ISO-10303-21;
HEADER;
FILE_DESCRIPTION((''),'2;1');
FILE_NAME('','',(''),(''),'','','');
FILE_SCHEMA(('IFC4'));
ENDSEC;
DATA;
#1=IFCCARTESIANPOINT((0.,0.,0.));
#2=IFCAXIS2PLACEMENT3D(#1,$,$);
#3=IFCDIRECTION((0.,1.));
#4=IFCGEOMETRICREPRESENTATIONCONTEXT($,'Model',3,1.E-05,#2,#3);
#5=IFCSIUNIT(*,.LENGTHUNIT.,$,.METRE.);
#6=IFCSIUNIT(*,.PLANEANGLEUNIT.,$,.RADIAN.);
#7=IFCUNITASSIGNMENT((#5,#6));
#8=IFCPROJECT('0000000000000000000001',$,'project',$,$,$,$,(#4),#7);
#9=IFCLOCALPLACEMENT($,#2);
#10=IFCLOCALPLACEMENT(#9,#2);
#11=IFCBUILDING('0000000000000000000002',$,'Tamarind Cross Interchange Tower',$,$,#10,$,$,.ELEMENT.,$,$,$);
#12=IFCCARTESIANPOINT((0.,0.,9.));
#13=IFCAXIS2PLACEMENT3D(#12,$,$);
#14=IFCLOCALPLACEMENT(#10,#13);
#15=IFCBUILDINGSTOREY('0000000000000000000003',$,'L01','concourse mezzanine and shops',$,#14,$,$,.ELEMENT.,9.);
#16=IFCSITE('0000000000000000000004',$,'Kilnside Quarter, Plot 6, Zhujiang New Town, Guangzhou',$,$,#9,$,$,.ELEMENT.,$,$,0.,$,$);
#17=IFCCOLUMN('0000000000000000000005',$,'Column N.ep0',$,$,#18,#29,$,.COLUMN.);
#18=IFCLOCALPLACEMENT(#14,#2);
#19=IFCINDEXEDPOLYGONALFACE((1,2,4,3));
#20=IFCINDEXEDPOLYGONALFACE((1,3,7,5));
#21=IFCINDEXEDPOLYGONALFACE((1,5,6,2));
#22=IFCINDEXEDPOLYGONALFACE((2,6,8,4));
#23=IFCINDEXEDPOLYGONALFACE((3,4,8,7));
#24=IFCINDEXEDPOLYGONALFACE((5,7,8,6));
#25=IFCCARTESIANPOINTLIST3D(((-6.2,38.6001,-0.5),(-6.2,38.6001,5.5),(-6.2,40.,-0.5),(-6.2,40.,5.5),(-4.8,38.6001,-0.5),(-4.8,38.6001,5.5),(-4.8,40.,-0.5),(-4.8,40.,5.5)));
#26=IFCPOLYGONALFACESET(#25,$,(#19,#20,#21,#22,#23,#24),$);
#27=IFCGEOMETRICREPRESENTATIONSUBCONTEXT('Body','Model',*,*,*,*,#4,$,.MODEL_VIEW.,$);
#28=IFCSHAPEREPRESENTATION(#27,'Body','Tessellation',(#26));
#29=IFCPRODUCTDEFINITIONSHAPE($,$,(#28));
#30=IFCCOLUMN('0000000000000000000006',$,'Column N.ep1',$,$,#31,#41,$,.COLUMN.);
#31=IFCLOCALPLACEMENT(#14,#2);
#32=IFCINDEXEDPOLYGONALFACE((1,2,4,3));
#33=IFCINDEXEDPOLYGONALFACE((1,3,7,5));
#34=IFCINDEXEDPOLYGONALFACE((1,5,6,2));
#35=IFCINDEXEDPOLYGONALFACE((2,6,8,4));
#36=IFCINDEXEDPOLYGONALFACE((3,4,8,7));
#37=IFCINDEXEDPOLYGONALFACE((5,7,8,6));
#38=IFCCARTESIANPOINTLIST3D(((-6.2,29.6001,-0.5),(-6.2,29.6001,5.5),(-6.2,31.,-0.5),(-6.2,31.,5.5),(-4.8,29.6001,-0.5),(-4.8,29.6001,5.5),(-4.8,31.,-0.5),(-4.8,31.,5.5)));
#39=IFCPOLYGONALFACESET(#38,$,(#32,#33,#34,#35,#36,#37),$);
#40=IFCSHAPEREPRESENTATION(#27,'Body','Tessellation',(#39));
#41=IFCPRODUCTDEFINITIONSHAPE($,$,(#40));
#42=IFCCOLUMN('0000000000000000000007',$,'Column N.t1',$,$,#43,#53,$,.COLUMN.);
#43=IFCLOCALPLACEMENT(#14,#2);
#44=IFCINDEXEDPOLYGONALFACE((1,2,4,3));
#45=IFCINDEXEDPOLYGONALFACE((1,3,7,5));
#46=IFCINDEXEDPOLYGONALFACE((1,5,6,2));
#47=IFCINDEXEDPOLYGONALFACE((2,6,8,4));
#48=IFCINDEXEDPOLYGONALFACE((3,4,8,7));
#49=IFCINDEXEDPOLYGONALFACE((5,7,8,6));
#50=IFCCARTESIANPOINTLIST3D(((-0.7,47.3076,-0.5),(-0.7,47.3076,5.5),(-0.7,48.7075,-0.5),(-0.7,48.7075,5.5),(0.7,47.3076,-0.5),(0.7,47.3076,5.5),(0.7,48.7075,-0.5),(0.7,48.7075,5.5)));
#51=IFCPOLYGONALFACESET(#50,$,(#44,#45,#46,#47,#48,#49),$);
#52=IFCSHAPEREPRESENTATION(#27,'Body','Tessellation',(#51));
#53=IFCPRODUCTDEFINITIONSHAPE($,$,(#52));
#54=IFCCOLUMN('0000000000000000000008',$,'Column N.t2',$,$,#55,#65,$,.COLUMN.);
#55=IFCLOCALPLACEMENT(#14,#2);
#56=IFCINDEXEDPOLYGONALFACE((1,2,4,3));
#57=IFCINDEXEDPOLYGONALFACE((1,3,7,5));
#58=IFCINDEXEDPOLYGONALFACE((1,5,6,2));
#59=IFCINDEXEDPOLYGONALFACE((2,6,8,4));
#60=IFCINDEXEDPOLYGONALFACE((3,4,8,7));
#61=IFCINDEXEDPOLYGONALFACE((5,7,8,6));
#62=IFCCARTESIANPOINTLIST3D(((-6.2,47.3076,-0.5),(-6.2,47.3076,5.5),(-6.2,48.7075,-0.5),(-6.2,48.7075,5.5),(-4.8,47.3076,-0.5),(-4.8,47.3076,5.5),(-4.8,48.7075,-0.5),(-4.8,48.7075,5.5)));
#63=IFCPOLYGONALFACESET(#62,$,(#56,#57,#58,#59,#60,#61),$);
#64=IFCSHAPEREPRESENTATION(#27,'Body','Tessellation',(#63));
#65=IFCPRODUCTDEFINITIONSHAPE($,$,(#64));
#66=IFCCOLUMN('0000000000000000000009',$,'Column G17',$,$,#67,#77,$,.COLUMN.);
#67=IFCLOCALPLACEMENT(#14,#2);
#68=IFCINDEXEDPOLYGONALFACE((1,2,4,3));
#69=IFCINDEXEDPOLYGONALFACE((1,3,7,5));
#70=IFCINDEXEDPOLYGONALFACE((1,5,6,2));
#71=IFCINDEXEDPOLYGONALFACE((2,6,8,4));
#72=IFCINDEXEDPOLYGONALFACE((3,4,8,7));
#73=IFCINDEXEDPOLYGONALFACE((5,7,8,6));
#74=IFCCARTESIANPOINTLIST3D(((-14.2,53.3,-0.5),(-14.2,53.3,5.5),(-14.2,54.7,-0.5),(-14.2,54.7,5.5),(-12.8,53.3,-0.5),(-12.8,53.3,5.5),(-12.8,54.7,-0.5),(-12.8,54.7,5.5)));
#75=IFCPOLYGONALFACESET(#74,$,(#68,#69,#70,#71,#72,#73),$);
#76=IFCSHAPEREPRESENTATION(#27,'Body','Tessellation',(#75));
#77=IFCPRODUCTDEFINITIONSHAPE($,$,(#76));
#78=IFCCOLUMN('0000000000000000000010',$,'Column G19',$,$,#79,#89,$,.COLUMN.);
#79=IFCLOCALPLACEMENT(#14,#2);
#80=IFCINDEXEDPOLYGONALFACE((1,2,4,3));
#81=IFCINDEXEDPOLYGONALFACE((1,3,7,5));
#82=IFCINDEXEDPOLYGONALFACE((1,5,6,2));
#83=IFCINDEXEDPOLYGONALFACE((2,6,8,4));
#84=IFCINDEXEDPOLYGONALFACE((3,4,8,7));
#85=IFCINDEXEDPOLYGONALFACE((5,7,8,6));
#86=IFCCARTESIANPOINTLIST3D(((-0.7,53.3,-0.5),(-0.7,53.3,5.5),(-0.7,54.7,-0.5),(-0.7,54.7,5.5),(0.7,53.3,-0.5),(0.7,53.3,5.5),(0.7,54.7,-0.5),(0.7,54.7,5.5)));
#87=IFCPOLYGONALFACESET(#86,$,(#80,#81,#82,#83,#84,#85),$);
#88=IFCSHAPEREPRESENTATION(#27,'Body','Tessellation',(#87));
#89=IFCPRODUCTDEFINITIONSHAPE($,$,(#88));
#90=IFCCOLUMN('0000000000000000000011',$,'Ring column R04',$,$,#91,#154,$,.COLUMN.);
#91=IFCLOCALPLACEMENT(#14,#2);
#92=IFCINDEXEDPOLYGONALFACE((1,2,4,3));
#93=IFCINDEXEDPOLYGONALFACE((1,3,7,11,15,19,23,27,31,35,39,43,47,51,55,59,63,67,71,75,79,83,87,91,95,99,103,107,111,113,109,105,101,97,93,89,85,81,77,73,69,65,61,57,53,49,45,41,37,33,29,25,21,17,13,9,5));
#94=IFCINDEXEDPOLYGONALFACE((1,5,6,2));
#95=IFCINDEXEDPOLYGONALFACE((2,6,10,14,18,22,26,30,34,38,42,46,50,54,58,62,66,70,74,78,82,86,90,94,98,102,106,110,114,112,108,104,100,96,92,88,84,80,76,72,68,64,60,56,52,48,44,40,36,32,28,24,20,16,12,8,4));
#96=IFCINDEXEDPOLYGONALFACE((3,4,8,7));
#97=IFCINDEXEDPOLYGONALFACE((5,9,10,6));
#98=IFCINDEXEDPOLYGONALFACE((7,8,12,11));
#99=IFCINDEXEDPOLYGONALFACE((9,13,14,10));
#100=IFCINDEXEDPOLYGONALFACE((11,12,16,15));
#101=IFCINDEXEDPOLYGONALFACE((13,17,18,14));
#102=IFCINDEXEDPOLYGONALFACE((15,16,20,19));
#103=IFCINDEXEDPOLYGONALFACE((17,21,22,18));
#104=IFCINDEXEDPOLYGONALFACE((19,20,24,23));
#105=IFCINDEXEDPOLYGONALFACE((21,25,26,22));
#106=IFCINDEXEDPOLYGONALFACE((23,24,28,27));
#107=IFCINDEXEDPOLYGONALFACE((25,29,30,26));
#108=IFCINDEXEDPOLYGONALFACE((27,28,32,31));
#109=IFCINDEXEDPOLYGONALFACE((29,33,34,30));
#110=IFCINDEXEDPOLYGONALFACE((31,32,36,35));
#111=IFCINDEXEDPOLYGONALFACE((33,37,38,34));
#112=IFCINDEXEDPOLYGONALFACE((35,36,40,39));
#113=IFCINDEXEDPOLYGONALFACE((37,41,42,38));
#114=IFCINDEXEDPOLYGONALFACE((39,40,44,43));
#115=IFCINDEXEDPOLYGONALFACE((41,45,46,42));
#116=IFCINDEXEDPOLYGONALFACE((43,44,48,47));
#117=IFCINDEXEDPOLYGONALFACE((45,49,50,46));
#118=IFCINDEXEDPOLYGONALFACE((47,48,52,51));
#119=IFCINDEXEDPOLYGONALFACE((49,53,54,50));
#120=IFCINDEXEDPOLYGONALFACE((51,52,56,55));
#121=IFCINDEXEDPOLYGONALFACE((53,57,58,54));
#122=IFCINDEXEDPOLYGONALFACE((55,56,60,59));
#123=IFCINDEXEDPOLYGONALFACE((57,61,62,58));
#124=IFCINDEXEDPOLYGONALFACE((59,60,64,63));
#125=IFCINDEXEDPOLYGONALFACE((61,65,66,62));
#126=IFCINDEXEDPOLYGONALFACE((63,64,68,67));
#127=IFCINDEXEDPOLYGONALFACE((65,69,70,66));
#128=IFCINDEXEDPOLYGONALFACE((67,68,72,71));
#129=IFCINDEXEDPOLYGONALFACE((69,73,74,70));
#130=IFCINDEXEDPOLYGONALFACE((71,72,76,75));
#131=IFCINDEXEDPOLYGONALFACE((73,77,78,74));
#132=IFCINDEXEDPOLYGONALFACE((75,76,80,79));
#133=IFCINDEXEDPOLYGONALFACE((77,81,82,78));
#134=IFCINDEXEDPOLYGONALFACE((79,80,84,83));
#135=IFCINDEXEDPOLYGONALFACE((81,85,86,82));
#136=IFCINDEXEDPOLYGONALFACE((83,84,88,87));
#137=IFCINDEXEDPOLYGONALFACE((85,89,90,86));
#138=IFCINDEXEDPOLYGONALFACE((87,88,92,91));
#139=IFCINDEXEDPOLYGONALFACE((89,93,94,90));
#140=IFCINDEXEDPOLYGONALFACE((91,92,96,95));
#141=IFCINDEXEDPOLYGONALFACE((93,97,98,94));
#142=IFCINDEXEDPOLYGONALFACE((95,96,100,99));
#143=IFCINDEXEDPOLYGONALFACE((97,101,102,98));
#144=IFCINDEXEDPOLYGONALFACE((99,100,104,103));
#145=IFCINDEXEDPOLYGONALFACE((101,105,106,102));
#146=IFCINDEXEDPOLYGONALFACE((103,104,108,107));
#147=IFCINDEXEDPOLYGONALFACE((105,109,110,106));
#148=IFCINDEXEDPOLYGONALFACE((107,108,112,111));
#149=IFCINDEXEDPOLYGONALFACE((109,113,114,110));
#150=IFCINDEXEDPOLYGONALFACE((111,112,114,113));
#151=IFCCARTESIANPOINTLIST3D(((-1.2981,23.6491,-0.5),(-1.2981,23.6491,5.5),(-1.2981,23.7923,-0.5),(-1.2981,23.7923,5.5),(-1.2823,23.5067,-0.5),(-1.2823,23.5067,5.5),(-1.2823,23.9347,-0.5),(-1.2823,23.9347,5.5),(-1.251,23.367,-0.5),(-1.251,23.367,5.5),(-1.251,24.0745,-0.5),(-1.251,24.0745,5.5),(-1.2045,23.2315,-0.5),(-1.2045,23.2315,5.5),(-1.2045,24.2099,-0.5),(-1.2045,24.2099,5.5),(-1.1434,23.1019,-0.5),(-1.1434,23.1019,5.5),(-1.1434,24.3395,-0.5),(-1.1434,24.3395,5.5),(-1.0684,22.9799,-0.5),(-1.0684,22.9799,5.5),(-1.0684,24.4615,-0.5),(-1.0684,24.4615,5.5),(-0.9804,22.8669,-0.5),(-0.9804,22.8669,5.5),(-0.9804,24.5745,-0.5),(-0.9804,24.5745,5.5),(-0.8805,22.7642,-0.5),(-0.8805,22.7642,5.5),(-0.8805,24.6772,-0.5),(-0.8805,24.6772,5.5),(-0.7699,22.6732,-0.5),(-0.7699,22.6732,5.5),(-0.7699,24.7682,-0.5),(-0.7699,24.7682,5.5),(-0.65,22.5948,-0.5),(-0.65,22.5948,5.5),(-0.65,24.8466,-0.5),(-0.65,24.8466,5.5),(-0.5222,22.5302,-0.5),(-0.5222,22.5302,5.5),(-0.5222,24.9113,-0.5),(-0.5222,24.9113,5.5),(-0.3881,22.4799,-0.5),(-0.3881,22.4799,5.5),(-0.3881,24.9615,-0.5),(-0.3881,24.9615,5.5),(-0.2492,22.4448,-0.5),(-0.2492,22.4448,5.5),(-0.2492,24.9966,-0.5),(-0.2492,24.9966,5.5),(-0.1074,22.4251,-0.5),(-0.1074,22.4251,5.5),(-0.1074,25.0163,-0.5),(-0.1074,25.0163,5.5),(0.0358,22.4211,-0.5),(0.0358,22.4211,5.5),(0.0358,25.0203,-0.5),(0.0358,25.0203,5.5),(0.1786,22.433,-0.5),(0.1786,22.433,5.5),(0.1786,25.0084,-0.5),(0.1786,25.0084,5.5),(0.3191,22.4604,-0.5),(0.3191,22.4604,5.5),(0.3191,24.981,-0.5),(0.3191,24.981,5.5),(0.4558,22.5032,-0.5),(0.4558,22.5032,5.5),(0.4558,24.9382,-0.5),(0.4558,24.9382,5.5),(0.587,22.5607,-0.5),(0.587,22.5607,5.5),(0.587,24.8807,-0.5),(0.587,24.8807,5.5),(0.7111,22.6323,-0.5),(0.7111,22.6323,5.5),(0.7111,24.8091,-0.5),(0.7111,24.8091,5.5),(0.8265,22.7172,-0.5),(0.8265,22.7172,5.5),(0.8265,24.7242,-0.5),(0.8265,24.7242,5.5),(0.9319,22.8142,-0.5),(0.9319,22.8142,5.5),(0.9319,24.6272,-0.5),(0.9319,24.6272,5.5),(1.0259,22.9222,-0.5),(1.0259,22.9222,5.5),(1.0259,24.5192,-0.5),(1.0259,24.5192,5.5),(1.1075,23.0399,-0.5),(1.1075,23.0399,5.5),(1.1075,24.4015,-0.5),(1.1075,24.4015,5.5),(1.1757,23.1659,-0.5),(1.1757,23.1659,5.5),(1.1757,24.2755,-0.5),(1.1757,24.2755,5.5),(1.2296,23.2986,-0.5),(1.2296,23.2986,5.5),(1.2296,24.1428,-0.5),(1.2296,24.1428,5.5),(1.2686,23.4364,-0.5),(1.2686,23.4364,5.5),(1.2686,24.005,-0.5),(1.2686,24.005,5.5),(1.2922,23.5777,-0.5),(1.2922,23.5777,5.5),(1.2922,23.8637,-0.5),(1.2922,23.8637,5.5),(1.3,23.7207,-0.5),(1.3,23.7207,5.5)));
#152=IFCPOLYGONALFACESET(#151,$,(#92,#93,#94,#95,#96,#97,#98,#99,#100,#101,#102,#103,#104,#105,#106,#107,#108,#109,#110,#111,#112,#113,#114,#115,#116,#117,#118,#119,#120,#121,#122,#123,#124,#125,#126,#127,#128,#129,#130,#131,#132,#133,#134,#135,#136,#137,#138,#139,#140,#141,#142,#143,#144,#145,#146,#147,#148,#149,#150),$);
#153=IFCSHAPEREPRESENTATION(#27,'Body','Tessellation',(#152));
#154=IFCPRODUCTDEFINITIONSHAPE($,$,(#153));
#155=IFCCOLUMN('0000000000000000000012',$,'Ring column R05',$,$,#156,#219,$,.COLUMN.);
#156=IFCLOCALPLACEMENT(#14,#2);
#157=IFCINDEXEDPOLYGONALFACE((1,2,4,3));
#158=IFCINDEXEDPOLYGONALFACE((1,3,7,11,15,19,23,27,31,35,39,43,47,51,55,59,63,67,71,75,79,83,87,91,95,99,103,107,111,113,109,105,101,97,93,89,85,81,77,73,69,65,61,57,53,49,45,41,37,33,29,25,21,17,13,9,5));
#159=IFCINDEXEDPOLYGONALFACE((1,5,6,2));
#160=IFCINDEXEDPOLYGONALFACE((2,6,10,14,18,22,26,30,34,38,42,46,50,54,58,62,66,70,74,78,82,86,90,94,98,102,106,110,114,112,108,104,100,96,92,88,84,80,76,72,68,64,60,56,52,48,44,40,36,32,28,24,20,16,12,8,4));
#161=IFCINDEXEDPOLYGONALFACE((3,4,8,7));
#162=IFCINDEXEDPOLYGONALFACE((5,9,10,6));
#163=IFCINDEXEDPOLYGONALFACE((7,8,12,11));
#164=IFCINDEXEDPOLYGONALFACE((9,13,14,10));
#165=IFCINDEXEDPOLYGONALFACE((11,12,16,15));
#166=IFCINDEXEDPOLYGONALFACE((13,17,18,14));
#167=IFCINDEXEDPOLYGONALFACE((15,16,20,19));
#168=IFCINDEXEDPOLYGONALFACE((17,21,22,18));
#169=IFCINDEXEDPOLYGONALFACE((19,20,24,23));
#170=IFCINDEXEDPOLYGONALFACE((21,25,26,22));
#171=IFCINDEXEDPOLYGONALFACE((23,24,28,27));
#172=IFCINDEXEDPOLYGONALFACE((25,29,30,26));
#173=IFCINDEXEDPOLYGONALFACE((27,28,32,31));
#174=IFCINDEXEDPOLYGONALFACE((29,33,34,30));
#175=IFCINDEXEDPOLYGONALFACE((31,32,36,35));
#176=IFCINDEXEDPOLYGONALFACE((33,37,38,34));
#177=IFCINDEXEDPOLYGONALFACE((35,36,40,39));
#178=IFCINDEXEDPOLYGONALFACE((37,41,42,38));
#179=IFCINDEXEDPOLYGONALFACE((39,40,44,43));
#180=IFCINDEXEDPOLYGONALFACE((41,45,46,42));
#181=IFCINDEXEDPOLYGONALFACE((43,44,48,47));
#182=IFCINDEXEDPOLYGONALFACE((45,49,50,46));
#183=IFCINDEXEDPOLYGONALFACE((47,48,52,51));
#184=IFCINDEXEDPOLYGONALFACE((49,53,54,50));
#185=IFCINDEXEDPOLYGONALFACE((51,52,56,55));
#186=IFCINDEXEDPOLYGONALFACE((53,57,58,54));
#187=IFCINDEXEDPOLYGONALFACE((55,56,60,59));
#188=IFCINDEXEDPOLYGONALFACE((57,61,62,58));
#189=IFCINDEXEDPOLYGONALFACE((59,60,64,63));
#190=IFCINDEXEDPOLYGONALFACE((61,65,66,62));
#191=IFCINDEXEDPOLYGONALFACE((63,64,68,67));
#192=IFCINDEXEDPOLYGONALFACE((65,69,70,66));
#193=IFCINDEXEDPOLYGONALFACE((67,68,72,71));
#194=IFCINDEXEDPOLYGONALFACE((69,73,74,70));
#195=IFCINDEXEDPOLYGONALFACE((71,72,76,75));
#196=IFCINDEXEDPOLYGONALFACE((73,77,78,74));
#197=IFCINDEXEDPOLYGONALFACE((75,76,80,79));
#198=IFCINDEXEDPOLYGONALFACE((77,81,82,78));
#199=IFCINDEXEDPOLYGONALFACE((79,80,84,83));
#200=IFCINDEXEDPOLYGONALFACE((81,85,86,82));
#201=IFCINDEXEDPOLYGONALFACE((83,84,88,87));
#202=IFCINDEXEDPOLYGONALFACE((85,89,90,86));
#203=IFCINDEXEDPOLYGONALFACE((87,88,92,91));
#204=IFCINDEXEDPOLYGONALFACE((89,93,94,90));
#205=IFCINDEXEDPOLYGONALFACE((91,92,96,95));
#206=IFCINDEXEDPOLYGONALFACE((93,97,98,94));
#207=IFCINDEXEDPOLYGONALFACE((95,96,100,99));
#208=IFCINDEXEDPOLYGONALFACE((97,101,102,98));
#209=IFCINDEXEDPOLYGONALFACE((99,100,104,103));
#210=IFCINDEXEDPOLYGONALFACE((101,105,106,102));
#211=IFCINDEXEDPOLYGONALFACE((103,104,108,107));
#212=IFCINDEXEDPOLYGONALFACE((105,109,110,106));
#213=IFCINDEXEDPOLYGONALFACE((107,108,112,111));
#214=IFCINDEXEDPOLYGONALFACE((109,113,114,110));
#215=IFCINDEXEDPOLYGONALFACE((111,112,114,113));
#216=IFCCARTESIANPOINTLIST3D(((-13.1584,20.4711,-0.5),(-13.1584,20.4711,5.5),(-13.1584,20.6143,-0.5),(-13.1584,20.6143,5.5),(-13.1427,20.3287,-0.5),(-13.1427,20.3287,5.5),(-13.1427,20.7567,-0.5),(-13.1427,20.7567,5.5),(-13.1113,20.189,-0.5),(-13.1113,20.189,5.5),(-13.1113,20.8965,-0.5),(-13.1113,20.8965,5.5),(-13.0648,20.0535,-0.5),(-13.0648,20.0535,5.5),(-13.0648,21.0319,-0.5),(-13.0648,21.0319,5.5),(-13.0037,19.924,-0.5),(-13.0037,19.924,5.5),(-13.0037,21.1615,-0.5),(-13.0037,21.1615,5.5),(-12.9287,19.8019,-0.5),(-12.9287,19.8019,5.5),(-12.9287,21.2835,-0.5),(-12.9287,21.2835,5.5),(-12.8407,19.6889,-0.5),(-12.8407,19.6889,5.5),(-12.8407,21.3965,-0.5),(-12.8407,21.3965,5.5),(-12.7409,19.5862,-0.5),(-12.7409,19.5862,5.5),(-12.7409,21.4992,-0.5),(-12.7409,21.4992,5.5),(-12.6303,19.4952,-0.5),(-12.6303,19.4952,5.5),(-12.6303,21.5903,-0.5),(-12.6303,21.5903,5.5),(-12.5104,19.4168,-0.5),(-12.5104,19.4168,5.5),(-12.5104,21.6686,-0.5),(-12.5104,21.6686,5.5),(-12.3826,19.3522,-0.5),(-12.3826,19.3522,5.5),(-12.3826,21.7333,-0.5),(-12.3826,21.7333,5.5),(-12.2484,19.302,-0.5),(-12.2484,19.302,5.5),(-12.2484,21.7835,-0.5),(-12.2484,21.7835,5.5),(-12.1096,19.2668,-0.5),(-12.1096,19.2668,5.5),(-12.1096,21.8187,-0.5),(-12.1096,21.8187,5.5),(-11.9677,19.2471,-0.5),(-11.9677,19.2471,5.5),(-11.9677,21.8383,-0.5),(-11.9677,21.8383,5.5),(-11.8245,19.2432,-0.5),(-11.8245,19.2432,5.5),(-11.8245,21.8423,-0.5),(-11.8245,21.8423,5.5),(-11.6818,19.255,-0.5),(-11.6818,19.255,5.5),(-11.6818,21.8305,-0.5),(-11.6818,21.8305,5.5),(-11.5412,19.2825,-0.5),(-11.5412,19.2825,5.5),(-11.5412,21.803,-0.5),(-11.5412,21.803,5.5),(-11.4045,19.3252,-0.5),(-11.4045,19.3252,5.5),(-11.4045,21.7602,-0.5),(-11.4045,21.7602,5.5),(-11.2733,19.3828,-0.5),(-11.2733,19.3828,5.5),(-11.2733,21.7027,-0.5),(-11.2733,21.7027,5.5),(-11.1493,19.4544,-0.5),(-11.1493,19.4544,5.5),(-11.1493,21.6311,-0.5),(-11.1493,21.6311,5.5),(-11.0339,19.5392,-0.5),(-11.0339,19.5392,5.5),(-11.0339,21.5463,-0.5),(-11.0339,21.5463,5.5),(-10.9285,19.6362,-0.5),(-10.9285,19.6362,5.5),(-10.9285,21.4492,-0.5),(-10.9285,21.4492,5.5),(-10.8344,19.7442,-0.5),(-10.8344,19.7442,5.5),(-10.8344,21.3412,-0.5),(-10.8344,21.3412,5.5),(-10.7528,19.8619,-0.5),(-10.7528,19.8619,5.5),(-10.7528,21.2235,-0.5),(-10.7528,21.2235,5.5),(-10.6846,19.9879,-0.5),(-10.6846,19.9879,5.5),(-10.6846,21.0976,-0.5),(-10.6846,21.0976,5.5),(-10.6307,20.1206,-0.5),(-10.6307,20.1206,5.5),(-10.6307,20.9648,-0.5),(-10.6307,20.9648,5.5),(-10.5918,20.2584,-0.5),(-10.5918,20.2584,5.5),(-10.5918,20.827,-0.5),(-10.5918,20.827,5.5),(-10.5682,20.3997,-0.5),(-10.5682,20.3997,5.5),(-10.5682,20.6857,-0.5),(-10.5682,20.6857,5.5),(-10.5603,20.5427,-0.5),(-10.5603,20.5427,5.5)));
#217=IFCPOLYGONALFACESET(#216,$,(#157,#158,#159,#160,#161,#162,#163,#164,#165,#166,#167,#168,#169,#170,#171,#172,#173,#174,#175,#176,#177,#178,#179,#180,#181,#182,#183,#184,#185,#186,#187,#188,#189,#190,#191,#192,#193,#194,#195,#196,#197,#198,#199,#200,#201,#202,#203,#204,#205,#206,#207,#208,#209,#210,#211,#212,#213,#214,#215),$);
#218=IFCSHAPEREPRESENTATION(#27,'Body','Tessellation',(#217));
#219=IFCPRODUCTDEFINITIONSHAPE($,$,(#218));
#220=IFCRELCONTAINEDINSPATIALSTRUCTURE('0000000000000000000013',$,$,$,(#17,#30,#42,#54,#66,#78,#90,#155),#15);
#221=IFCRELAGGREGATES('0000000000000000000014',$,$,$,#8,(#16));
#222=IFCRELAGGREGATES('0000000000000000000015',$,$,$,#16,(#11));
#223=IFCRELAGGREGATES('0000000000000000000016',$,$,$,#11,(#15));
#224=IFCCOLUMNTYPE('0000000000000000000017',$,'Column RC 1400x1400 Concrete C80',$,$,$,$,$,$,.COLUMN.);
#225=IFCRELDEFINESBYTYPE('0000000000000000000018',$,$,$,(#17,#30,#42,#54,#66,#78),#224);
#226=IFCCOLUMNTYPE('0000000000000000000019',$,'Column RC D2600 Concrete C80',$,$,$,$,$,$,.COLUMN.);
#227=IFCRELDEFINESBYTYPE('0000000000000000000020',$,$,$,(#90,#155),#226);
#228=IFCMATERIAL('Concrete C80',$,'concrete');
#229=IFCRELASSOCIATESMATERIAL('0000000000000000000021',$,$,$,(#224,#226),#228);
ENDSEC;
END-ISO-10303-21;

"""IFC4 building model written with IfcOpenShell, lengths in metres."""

from ifc_helpers import new_model, si_unit, direction, frame, origin, origin_2d, place, context, subcontext, project, spatial, rectangle, circle, extrude, material, material_profile, profile_set, type_object, element, save


model = new_model("IFC4")

# Units and contexts
model_context = context("Model", 3, precision=1e-05, world=origin(), true_north=direction((0.0, 1.0)))
body_context = subcontext(model_context, "Body", "Model", "MODEL_VIEW")
ifc_project = project(units=[si_unit("LENGTHUNIT", "METRE"), si_unit("PLANEANGLEUNIT", "RADIAN")], contexts=[model_context])

# Site, building, storey
site_placement = place(None, origin())
site = spatial("IfcSite", under=ifc_project, at=site_placement, Name="Kilnside Quarter, Plot 6, Zhujiang New Town, Guangzhou", CompositionType="ELEMENT", RefElevation=0.0)
building_placement = place(site_placement, origin())
building = spatial("IfcBuilding", under=site, at=building_placement, Name="Tamarind Cross Interchange Tower", CompositionType="ELEMENT")
storey_placement = place(building_placement, frame((0.0, 0.0, 9.0)))
storey = spatial("IfcBuildingStorey", under=building, at=storey_placement, Name="L01", Description="concourse mezzanine and shops", CompositionType="ELEMENT", Elevation=9.0)

# Columns
ifc_material_1 = material(Name="Concrete C80", Category="concrete")
ifc_material_profile_1 = material_profile(ifc_material_1, rectangle(XDim=1.3999, YDim=1.3999, at=origin_2d()), Name="RC 1400x1400")
ifc_profile_set_1 = profile_set([ifc_material_profile_1], Name="Concrete C80")
column_type_1 = type_object("IfcColumnType", Name="Column RC 1400x1400 Concrete C80", PredefinedType="COLUMN", material=ifc_profile_set_1)
for number, where, z_axis, x_axis, name in (
    (1, (-5.5, 39.3, -0.5), (0.0, 0.0, 1.0), (1.0, 0.0, 0.0), "Column N.ep0"),
    (2, (-5.5, 30.3, -0.5), (0.0, 0.0, 1.0), (1.0, 0.0, 0.0), "Column N.ep1"),
    (3, (0.0, 48.0076, -0.5), (0.0, 0.0, 1.0), (1.0, 0.0, 0.0), "Column N.t1"),
    (4, (-5.5, 48.0076, -0.5), (0.0, 0.0, 1.0), (1.0, 0.0, 0.0), "Column N.t2"),
    (5, (-13.5, 54.0, -0.5), (0.0, 0.0, 1.0), (1.0, 0.0, 0.0), "Column G17"),
    (6, (0.0, 54.0, -0.5), (0.0, 0.0, 1.0), (1.0, 0.0, 0.0), "Column G19"),
):
    element("IfcColumn", number, at=place(storey_placement, frame(where, z_axis=z_axis, x_axis=x_axis)), inside=storey, type_object=column_type_1, Name=name, PredefinedType="COLUMN", context=body_context, shape_type="SweptSolid", body=[
        extrude(rectangle(XDim=1.3999, YDim=1.3999, at=origin_2d()), origin(), (0.0, 0.0, 1.0), 6.0),
    ])
ifc_material_profile_2 = material_profile(ifc_material_1, circle(Radius=1.3, at=origin_2d()), Name="RC D2600")
ifc_profile_set_2 = profile_set([ifc_material_profile_2], Name="Concrete C80")
column_type_2 = type_object("IfcColumnType", Name="Column RC D2600 Concrete C80", PredefinedType="COLUMN", material=ifc_profile_set_2)
for number, where, z_axis, x_axis, name in (
    (7, (0.0, 23.7207, -0.5), (0.0, 0.0, 1.0), (1.0, 0.0, 0.0), "Ring column R04"),
    (8, (-11.8604, 20.5427, -0.5), (0.0, 0.0, 1.0), (1.0, 0.0, 0.0), "Ring column R05"),
):
    element("IfcColumn", number, at=place(storey_placement, frame(where, z_axis=z_axis, x_axis=x_axis)), inside=storey, type_object=column_type_2, Name=name, PredefinedType="COLUMN", context=body_context, shape_type="SweptSolid", body=[
        extrude(circle(Radius=1.3, at=origin_2d()), origin(), (0.0, 0.0, 1.0), 6.0),
    ])

save(model, "model.ifc")
